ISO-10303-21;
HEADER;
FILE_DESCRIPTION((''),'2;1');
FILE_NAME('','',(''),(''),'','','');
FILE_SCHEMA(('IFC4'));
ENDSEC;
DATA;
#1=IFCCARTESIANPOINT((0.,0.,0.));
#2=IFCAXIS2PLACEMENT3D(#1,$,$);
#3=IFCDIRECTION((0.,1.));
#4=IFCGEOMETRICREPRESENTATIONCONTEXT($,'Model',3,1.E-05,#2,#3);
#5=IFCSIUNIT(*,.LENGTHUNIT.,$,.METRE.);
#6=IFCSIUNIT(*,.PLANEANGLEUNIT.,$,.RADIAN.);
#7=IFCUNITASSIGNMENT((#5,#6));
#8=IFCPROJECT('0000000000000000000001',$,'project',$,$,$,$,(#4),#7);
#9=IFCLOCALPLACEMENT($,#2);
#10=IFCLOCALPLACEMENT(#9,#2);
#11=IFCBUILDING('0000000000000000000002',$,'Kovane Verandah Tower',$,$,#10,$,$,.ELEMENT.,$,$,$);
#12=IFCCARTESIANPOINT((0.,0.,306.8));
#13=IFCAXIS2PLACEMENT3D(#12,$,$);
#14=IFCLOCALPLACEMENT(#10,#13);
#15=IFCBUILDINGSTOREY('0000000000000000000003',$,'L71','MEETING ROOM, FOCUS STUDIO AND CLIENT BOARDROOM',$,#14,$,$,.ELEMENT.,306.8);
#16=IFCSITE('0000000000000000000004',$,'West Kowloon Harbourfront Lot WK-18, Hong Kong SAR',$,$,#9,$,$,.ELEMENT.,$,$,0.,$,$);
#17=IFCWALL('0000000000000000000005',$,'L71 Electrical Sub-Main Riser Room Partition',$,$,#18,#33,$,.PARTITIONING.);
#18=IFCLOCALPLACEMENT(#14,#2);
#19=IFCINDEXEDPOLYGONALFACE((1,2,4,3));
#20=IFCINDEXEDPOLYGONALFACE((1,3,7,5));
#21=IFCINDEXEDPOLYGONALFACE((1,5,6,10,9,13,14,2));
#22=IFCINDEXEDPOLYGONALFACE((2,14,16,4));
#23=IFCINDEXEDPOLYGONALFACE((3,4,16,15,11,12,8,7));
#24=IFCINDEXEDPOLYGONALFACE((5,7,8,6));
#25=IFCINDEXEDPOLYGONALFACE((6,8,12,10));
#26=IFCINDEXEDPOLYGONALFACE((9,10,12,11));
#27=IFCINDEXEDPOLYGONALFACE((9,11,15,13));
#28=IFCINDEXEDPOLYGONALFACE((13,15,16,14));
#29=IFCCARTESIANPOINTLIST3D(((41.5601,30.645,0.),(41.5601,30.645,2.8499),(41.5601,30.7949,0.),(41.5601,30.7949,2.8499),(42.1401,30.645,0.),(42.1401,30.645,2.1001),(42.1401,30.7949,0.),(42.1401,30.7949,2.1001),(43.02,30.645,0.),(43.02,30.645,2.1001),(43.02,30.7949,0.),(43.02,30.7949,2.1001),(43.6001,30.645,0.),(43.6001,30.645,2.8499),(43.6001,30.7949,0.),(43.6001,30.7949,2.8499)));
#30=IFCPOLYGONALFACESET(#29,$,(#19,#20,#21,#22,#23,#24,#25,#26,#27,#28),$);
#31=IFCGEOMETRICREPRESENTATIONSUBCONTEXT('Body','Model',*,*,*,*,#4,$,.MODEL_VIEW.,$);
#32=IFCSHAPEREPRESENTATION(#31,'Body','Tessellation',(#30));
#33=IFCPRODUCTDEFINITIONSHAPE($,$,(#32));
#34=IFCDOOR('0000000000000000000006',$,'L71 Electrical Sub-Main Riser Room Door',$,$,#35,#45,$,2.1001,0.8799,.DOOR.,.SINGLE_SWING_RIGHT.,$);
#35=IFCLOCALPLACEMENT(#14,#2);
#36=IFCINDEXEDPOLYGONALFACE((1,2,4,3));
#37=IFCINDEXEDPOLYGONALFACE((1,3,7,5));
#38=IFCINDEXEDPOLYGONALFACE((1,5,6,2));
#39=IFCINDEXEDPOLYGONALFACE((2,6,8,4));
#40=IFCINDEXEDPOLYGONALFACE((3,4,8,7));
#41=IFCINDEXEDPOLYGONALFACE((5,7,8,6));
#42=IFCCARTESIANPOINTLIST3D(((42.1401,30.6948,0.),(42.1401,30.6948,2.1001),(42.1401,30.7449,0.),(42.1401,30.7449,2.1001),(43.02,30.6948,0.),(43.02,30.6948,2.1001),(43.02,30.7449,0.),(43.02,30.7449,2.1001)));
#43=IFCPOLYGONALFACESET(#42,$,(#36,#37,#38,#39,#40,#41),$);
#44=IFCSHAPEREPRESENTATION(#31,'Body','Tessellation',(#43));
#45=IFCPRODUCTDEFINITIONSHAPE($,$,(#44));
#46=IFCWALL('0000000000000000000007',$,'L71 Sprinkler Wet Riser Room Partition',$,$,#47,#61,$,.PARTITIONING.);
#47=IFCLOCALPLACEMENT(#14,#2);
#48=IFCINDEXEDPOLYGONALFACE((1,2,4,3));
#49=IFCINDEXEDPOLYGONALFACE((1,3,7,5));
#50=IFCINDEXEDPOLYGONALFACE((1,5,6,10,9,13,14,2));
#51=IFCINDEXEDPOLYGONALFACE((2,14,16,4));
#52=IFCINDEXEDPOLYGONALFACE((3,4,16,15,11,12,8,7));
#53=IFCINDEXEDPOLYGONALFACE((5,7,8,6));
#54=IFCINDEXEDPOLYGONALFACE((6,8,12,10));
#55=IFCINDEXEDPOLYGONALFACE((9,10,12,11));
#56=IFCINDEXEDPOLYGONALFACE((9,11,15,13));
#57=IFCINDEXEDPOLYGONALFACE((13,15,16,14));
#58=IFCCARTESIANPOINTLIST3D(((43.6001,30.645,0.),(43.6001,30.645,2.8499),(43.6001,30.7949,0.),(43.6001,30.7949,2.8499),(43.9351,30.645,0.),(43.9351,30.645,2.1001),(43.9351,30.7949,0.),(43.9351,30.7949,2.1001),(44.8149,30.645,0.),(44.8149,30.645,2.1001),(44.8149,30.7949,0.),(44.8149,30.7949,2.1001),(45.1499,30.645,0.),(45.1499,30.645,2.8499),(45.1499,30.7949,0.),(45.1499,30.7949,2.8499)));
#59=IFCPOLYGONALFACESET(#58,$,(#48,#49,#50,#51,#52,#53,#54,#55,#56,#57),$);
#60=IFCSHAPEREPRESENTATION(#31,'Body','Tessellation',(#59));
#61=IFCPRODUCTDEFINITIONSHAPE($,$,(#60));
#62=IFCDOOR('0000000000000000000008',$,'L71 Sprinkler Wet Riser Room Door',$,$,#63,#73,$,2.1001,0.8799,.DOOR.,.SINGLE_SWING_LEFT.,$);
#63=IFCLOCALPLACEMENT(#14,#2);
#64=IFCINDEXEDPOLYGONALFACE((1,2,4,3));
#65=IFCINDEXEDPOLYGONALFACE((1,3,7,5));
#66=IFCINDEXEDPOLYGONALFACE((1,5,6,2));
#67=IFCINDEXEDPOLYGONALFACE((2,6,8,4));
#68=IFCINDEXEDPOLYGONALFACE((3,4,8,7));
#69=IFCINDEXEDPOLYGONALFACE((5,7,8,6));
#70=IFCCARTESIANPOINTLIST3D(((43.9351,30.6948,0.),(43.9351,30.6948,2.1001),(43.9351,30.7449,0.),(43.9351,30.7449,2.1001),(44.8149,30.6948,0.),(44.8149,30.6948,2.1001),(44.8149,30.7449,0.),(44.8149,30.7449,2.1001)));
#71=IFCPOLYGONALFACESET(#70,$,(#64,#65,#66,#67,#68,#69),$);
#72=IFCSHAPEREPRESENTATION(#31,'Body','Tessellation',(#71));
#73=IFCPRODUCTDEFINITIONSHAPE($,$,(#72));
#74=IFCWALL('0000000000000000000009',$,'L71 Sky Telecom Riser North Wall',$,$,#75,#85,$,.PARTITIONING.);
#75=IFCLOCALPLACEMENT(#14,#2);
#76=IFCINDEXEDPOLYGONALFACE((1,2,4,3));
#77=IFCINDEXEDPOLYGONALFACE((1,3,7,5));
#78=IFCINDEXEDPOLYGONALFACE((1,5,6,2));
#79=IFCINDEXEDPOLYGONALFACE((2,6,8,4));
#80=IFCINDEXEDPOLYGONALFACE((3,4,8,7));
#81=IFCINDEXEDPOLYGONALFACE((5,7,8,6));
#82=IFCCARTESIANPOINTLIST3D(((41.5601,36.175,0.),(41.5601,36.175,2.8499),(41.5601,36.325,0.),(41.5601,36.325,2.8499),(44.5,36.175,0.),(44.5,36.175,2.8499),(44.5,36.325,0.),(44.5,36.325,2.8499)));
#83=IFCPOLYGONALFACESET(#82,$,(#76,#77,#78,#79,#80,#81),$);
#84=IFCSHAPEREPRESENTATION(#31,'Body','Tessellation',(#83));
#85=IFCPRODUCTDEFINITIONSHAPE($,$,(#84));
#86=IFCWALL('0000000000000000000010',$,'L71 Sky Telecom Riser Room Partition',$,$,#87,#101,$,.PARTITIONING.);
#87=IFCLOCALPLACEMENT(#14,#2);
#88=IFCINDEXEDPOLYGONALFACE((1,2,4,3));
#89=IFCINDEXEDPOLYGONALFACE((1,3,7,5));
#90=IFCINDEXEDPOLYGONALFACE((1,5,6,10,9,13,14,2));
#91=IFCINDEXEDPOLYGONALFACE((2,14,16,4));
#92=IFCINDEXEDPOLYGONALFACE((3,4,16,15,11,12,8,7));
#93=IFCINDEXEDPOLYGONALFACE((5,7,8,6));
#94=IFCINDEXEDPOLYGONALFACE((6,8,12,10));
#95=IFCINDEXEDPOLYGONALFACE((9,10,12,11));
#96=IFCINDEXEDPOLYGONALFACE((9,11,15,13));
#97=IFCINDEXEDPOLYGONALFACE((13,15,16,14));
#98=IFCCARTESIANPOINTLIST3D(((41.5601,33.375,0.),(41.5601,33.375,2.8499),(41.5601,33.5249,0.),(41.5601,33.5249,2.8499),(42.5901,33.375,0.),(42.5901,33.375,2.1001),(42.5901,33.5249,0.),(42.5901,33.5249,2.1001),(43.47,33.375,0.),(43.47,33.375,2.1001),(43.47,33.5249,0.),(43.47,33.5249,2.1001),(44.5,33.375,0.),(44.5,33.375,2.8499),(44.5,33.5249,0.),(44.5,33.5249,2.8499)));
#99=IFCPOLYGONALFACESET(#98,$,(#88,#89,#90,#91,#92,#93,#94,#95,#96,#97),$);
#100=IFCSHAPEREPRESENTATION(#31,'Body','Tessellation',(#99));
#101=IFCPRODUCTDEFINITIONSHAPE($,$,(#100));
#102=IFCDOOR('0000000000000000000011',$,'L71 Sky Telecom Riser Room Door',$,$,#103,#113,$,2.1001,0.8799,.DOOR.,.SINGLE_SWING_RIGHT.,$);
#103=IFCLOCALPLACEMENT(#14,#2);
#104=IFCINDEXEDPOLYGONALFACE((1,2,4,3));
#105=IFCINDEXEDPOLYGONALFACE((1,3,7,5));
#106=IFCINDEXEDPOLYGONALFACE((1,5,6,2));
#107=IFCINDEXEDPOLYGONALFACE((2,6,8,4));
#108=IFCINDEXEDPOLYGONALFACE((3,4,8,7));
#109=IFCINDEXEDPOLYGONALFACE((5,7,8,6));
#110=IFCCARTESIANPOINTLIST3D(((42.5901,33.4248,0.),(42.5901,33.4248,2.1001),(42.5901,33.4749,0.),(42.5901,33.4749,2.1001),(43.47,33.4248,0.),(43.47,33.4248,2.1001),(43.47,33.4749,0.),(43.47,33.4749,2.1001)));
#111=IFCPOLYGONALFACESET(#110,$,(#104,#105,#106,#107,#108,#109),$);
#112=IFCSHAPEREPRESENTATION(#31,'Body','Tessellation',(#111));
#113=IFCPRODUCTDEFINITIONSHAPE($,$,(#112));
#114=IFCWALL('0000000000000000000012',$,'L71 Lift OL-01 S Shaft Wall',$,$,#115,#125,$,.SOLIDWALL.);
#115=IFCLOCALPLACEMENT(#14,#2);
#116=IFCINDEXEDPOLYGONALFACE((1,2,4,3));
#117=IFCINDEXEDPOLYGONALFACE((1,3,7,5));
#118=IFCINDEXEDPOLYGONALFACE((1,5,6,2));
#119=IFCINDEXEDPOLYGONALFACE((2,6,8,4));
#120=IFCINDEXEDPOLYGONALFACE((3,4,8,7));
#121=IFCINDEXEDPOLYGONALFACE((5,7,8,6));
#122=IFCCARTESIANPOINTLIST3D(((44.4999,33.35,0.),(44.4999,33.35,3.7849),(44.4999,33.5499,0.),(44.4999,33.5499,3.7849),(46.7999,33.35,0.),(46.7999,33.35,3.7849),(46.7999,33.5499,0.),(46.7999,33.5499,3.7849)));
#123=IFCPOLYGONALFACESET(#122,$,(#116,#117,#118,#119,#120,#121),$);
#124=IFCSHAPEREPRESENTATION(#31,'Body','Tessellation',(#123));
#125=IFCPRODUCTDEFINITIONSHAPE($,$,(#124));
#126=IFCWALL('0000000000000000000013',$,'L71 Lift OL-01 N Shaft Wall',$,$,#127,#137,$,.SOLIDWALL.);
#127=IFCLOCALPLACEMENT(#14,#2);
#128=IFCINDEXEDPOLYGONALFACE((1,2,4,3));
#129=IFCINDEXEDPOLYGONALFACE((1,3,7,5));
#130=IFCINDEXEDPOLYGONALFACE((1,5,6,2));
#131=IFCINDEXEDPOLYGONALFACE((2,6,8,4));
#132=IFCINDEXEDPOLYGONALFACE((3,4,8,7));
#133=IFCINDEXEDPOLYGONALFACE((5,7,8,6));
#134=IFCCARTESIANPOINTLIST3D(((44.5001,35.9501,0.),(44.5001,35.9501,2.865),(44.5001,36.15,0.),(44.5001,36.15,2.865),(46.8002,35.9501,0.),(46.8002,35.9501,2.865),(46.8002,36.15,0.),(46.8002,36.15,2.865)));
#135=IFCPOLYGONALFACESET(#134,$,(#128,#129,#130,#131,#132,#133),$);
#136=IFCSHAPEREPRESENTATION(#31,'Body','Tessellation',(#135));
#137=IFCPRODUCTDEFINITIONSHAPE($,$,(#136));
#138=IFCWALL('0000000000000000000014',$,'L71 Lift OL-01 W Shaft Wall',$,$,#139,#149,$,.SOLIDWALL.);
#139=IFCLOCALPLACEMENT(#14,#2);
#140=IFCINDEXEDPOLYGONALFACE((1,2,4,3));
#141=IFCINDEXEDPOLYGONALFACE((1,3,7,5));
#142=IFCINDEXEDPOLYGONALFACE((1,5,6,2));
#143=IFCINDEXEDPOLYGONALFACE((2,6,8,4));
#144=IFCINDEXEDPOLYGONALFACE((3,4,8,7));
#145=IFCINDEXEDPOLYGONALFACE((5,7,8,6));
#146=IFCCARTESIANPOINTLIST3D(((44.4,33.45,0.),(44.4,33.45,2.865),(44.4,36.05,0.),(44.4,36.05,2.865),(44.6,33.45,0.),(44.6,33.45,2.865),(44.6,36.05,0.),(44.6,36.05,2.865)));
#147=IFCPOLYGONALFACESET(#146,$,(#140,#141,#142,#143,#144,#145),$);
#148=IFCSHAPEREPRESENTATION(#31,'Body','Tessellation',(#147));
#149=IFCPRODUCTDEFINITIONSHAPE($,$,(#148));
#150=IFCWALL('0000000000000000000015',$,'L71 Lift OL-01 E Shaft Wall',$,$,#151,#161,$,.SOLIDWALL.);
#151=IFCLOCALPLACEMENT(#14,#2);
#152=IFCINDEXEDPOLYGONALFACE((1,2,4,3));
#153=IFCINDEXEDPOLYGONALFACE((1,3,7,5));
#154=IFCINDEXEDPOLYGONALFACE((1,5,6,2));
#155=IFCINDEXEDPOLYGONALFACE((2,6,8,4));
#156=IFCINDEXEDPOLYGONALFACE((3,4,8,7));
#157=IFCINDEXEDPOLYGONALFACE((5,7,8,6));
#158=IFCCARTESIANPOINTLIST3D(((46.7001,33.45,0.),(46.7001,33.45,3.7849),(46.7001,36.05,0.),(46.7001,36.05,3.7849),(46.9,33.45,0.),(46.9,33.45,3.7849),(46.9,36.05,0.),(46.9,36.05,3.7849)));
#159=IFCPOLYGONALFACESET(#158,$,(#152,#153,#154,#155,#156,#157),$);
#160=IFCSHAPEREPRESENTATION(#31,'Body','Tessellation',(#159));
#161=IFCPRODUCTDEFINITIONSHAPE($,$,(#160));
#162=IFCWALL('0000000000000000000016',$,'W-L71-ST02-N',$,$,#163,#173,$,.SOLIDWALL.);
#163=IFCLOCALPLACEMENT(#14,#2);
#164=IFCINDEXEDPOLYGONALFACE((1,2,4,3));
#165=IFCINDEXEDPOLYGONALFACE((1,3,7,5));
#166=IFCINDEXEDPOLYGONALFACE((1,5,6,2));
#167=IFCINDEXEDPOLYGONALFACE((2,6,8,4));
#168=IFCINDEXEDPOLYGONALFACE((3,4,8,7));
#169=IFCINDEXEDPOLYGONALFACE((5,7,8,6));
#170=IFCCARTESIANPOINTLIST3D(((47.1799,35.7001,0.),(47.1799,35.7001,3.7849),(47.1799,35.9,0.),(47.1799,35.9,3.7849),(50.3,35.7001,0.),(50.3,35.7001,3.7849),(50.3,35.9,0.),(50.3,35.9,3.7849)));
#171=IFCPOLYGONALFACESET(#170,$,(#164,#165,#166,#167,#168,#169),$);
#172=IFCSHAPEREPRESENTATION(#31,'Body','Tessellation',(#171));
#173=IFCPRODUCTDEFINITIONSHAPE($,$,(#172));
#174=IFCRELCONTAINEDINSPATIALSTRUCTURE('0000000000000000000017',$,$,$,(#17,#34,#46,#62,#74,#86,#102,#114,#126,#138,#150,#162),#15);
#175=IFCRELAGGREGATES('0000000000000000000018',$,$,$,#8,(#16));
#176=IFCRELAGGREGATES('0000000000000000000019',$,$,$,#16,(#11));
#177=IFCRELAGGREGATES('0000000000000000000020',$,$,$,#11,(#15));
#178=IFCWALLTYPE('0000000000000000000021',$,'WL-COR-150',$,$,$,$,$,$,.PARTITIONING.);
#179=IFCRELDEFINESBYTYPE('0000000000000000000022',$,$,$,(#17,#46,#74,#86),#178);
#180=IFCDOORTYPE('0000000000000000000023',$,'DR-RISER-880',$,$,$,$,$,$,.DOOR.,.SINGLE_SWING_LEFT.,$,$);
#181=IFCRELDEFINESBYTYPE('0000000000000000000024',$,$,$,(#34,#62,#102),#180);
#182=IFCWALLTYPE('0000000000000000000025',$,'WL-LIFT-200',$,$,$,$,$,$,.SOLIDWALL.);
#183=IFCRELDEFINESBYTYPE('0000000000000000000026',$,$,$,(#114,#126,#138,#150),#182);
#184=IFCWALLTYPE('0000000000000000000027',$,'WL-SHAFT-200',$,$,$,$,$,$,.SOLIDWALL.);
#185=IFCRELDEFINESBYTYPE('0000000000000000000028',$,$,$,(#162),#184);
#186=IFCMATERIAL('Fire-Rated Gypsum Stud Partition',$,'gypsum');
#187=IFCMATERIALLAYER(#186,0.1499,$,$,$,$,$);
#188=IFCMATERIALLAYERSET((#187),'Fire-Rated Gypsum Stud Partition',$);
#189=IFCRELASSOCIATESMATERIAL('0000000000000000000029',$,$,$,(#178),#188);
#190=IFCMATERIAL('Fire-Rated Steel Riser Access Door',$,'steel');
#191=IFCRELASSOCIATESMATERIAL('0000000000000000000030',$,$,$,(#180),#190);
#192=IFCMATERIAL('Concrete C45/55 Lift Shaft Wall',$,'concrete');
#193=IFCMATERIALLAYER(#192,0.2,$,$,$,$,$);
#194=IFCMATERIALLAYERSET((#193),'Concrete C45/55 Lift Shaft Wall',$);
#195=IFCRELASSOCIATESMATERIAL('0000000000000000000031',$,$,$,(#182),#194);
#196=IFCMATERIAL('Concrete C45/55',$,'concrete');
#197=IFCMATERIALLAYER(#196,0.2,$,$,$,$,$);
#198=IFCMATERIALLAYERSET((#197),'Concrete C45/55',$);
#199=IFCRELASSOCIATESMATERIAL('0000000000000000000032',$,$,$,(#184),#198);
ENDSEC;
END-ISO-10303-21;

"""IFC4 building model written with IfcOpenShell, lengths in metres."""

from ifc_helpers import new_model, si_unit, direction, frame, frame_2d, origin, place, context, subcontext, project, spatial, rectangle, extrude, material, layer, layer_set, type_object, element, fill, save


model = new_model("IFC4")

# Units and contexts
model_context = context("Model", 3, precision=1e-05, world=origin(), true_north=direction((0.0, 1.0)))
body_context = subcontext(model_context, "Body", "Model", "MODEL_VIEW")
ifc_project = project(units=[si_unit("LENGTHUNIT", "METRE"), si_unit("PLANEANGLEUNIT", "RADIAN")], contexts=[model_context])

# Site, building, storey
site_placement = place(None, origin())
site = spatial("IfcSite", under=ifc_project, at=site_placement, Name="West Kowloon Harbourfront Lot WK-18, Hong Kong SAR", CompositionType="ELEMENT", RefElevation=0.0)
building_placement = place(site_placement, origin())
building = spatial("IfcBuilding", under=site, at=building_placement, Name="Kovane Verandah Tower", CompositionType="ELEMENT")
storey_placement = place(building_placement, frame((0.0, 0.0, 306.8)))
storey = spatial("IfcBuildingStorey", under=building, at=storey_placement, Name="L71", Description="MEETING ROOM, FOCUS STUDIO AND CLIENT BOARDROOM", CompositionType="ELEMENT", Elevation=306.8)

# Walls, openings, doors
ifc_material_1 = material(Name="Fire-Rated Gypsum Stud Partition", Category="gypsum")
ifc_layer_1 = layer(ifc_material_1, 0.1499)
ifc_layer_set_1 = layer_set([ifc_layer_1], Name="Fire-Rated Gypsum Stud Partition")
wall_type_1 = type_object("IfcWallType", Name="WL-COR-150", PredefinedType="PARTITIONING", material=ifc_layer_set_1)
wall_1_placement = place(storey_placement, frame((41.5601, 30.72, 0.0), z_axis=(0.0, 0.0, 1.0), x_axis=(1.0, 0.0, 0.0)))
wall_1 = element("IfcWall", 1, at=wall_1_placement, inside=storey, type_object=wall_type_1, Name="L71 Electrical Sub-Main Riser Room Partition", PredefinedType="PARTITIONING", context=body_context, shape_type="SweptSolid", body=[
    extrude(rectangle(XDim=2.04, YDim=0.1499, at=frame_2d((1.02, 0.0))), origin(), (0.0, 0.0, 1.0), 2.8499),
])
opening_1_placement = place(wall_1_placement, frame((0.5801, 0.0, 0.0)))
opening_1 = element("IfcOpeningElement", 2, at=opening_1_placement, cuts=wall_1, PredefinedType="OPENING", context=body_context, shape_type="SweptSolid", body=[
    extrude(rectangle(XDim=0.8799, YDim=2.1001, at=frame_2d((0.4399, 1.05))), frame((0.0, 0.075, 0.0), z_axis=(0.0, -1.0, 0.0), x_axis=(1.0, 0.0, 0.0)), (0.0, 0.0, 1.0), 0.1499),
])
ifc_material_2 = material(Name="Fire-Rated Steel Riser Access Door", Category="steel")
door_type = type_object("IfcDoorType", Name="DR-RISER-880", OperationType="SINGLE_SWING_LEFT", PredefinedType="DOOR", material=ifc_material_2)
door_1_placement = place(opening_1_placement, origin())
door_1 = element("IfcDoor", 3, at=door_1_placement, inside=storey, type_object=door_type, Name="L71 Electrical Sub-Main Riser Room Door", OperationType="SINGLE_SWING_RIGHT", OverallHeight=2.1001, OverallWidth=0.8799, PredefinedType="DOOR", context=body_context, shape_type="SweptSolid", body=[
    extrude(rectangle(XDim=0.8799, YDim=2.1001, at=frame_2d((0.4399, 1.05))), frame((0.0, 0.0249, 0.0), z_axis=(0.0, -1.0, 0.0), x_axis=(1.0, 0.0, 0.0)), (0.0, 0.0, 1.0), 0.05),
])
fill(opening_1, door_1)
wall_2_placement = place(storey_placement, frame((43.6001, 30.72, 0.0), z_axis=(0.0, 0.0, 1.0), x_axis=(1.0, 0.0, 0.0)))
wall_2 = element("IfcWall", 4, at=wall_2_placement, inside=storey, type_object=wall_type_1, Name="L71 Sprinkler Wet Riser Room Partition", PredefinedType="PARTITIONING", context=body_context, shape_type="SweptSolid", body=[
    extrude(rectangle(XDim=1.5498, YDim=0.1499, at=frame_2d((0.7749, 0.0))), origin(), (0.0, 0.0, 1.0), 2.8499),
])
opening_2_placement = place(wall_2_placement, frame((0.335, 0.0, 0.0)))
opening_2 = element("IfcOpeningElement", 5, at=opening_2_placement, cuts=wall_2, PredefinedType="OPENING", context=body_context, shape_type="SweptSolid", body=[
    extrude(rectangle(XDim=0.8799, YDim=2.1001, at=frame_2d((0.4399, 1.05))), frame((0.0, 0.075, 0.0), z_axis=(0.0, -1.0, 0.0), x_axis=(1.0, 0.0, 0.0)), (0.0, 0.0, 1.0), 0.1499),
])
door_2_placement = place(opening_2_placement, origin())
door_2 = element("IfcDoor", 6, at=door_2_placement, inside=storey, type_object=door_type, Name="L71 Sprinkler Wet Riser Room Door", OperationType="SINGLE_SWING_LEFT", OverallHeight=2.1001, OverallWidth=0.8799, PredefinedType="DOOR", context=body_context, shape_type="SweptSolid", body=[
    extrude(rectangle(XDim=0.8799, YDim=2.1001, at=frame_2d((0.4399, 1.05))), frame((0.0, 0.0249, 0.0), z_axis=(0.0, -1.0, 0.0), x_axis=(1.0, 0.0, 0.0)), (0.0, 0.0, 1.0), 0.05),
])
fill(opening_2, door_2)

# Wall
wall_3_placement = place(storey_placement, frame((41.5601, 36.25, 0.0), z_axis=(0.0, 0.0, 1.0), x_axis=(1.0, 0.0, 0.0)))
element("IfcWall", 7, at=wall_3_placement, inside=storey, type_object=wall_type_1, Name="L71 Sky Telecom Riser North Wall", PredefinedType="PARTITIONING", context=body_context, shape_type="SweptSolid", body=[
    extrude(rectangle(XDim=2.9399, YDim=0.1499, at=frame_2d((1.47, 0.0))), origin(), (0.0, 0.0, 1.0), 2.8499),
])

# Wall, opening, door
wall_4_placement = place(storey_placement, frame((41.5601, 33.45, 0.0), z_axis=(0.0, 0.0, 1.0), x_axis=(1.0, 0.0, 0.0)))
wall_4 = element("IfcWall", 8, at=wall_4_placement, inside=storey, type_object=wall_type_1, Name="L71 Sky Telecom Riser Room Partition", PredefinedType="PARTITIONING", context=body_context, shape_type="SweptSolid", body=[
    extrude(rectangle(XDim=2.9399, YDim=0.1499, at=frame_2d((1.47, 0.0))), origin(), (0.0, 0.0, 1.0), 2.8499),
])
opening_3_placement = place(wall_4_placement, frame((1.03, 0.0, 0.0)))
opening_3 = element("IfcOpeningElement", 9, at=opening_3_placement, cuts=wall_4, PredefinedType="OPENING", context=body_context, shape_type="SweptSolid", body=[
    extrude(rectangle(XDim=0.8799, YDim=2.1001, at=frame_2d((0.4399, 1.05))), frame((0.0, 0.075, 0.0), z_axis=(0.0, -1.0, 0.0), x_axis=(1.0, 0.0, 0.0)), (0.0, 0.0, 1.0), 0.1499),
])
door_3_placement = place(opening_3_placement, origin())
door_3 = element("IfcDoor", 10, at=door_3_placement, inside=storey, type_object=door_type, Name="L71 Sky Telecom Riser Room Door", OperationType="SINGLE_SWING_RIGHT", OverallHeight=2.1001, OverallWidth=0.8799, PredefinedType="DOOR", context=body_context, shape_type="SweptSolid", body=[
    extrude(rectangle(XDim=0.8799, YDim=2.1001, at=frame_2d((0.4399, 1.05))), frame((0.0, 0.0249, 0.0), z_axis=(0.0, -1.0, 0.0), x_axis=(1.0, 0.0, 0.0)), (0.0, 0.0, 1.0), 0.05),
])
fill(opening_3, door_3)

# Walls
ifc_material_3 = material(Name="Concrete C45/55 Lift Shaft Wall", Category="concrete")
ifc_layer_2 = layer(ifc_material_3, 0.2)
ifc_layer_set_2 = layer_set([ifc_layer_2], Name="Concrete C45/55 Lift Shaft Wall")
wall_type_2 = type_object("IfcWallType", Name="WL-LIFT-200", PredefinedType="SOLIDWALL", material=ifc_layer_set_2)
wall_5_placement = place(storey_placement, frame((44.5, 33.45, 0.0), z_axis=(0.0, 0.0, 1.0), x_axis=(1.0, 0.0, 0.0)))
element("IfcWall", 11, at=wall_5_placement, inside=storey, type_object=wall_type_2, Name="L71 Lift OL-01 S Shaft Wall", PredefinedType="SOLIDWALL", context=body_context, shape_type="SweptSolid", body=[
    extrude(rectangle(XDim=2.3, YDim=0.2, at=frame_2d((1.1499, 0.0))), origin(), (0.0, 0.0, 1.0), 3.7849),
])
wall_6_placement = place(storey_placement, frame((46.8, 36.05, 0.0), z_axis=(0.0, 0.0, 1.0), x_axis=(-1.0, 0.0, 0.0)))
element("IfcWall", 12, at=wall_6_placement, inside=storey, type_object=wall_type_2, Name="L71 Lift OL-01 N Shaft Wall", PredefinedType="SOLIDWALL", context=body_context, shape_type="SweptSolid", body=[
    extrude(rectangle(XDim=2.3, YDim=0.2, at=frame_2d((1.1499, 0.0))), origin(), (0.0, 0.0, 1.0), 2.865),
])
wall_7_placement = place(storey_placement, frame((44.5, 36.05, 0.0), z_axis=(0.0, 0.0, 1.0), x_axis=(0.0, -1.0, 0.0)))
element("IfcWall", 13, at=wall_7_placement, inside=storey, type_object=wall_type_2, Name="L71 Lift OL-01 W Shaft Wall", PredefinedType="SOLIDWALL", context=body_context, shape_type="SweptSolid", body=[
    extrude(rectangle(XDim=2.6001, YDim=0.2, at=frame_2d((1.3, 0.0))), origin(), (0.0, 0.0, 1.0), 2.865),
])
wall_8_placement = place(storey_placement, frame((46.8, 33.45, 0.0), z_axis=(0.0, 0.0, 1.0), x_axis=(0.0, 1.0, 0.0)))
element("IfcWall", 14, at=wall_8_placement, inside=storey, type_object=wall_type_2, Name="L71 Lift OL-01 E Shaft Wall", PredefinedType="SOLIDWALL", context=body_context, shape_type="SweptSolid", body=[
    extrude(rectangle(XDim=2.6001, YDim=0.2, at=frame_2d((1.3, 0.0))), origin(), (0.0, 0.0, 1.0), 3.7849),
])
ifc_material_4 = material(Name="Concrete C45/55", Category="concrete")
ifc_layer_3 = layer(ifc_material_4, 0.2)
ifc_layer_set_3 = layer_set([ifc_layer_3], Name="Concrete C45/55")
wall_type_3 = type_object("IfcWallType", Name="WL-SHAFT-200", PredefinedType="SOLIDWALL", material=ifc_layer_set_3)
wall_9_placement = place(storey_placement, frame((47.1799, 35.8, 0.0), z_axis=(0.0, 0.0, 1.0), x_axis=(1.0, 0.0, 0.0)))
element("IfcWall", 15, at=wall_9_placement, inside=storey, type_object=wall_type_3, Name="W-L71-ST02-N", PredefinedType="SOLIDWALL", context=body_context, shape_type="SweptSolid", body=[
    extrude(rectangle(XDim=3.1201, YDim=0.2, at=frame_2d((1.5601, 0.0))), origin(), (0.0, 0.0, 1.0), 3.7849),
])

save(model, "model.ifc")
